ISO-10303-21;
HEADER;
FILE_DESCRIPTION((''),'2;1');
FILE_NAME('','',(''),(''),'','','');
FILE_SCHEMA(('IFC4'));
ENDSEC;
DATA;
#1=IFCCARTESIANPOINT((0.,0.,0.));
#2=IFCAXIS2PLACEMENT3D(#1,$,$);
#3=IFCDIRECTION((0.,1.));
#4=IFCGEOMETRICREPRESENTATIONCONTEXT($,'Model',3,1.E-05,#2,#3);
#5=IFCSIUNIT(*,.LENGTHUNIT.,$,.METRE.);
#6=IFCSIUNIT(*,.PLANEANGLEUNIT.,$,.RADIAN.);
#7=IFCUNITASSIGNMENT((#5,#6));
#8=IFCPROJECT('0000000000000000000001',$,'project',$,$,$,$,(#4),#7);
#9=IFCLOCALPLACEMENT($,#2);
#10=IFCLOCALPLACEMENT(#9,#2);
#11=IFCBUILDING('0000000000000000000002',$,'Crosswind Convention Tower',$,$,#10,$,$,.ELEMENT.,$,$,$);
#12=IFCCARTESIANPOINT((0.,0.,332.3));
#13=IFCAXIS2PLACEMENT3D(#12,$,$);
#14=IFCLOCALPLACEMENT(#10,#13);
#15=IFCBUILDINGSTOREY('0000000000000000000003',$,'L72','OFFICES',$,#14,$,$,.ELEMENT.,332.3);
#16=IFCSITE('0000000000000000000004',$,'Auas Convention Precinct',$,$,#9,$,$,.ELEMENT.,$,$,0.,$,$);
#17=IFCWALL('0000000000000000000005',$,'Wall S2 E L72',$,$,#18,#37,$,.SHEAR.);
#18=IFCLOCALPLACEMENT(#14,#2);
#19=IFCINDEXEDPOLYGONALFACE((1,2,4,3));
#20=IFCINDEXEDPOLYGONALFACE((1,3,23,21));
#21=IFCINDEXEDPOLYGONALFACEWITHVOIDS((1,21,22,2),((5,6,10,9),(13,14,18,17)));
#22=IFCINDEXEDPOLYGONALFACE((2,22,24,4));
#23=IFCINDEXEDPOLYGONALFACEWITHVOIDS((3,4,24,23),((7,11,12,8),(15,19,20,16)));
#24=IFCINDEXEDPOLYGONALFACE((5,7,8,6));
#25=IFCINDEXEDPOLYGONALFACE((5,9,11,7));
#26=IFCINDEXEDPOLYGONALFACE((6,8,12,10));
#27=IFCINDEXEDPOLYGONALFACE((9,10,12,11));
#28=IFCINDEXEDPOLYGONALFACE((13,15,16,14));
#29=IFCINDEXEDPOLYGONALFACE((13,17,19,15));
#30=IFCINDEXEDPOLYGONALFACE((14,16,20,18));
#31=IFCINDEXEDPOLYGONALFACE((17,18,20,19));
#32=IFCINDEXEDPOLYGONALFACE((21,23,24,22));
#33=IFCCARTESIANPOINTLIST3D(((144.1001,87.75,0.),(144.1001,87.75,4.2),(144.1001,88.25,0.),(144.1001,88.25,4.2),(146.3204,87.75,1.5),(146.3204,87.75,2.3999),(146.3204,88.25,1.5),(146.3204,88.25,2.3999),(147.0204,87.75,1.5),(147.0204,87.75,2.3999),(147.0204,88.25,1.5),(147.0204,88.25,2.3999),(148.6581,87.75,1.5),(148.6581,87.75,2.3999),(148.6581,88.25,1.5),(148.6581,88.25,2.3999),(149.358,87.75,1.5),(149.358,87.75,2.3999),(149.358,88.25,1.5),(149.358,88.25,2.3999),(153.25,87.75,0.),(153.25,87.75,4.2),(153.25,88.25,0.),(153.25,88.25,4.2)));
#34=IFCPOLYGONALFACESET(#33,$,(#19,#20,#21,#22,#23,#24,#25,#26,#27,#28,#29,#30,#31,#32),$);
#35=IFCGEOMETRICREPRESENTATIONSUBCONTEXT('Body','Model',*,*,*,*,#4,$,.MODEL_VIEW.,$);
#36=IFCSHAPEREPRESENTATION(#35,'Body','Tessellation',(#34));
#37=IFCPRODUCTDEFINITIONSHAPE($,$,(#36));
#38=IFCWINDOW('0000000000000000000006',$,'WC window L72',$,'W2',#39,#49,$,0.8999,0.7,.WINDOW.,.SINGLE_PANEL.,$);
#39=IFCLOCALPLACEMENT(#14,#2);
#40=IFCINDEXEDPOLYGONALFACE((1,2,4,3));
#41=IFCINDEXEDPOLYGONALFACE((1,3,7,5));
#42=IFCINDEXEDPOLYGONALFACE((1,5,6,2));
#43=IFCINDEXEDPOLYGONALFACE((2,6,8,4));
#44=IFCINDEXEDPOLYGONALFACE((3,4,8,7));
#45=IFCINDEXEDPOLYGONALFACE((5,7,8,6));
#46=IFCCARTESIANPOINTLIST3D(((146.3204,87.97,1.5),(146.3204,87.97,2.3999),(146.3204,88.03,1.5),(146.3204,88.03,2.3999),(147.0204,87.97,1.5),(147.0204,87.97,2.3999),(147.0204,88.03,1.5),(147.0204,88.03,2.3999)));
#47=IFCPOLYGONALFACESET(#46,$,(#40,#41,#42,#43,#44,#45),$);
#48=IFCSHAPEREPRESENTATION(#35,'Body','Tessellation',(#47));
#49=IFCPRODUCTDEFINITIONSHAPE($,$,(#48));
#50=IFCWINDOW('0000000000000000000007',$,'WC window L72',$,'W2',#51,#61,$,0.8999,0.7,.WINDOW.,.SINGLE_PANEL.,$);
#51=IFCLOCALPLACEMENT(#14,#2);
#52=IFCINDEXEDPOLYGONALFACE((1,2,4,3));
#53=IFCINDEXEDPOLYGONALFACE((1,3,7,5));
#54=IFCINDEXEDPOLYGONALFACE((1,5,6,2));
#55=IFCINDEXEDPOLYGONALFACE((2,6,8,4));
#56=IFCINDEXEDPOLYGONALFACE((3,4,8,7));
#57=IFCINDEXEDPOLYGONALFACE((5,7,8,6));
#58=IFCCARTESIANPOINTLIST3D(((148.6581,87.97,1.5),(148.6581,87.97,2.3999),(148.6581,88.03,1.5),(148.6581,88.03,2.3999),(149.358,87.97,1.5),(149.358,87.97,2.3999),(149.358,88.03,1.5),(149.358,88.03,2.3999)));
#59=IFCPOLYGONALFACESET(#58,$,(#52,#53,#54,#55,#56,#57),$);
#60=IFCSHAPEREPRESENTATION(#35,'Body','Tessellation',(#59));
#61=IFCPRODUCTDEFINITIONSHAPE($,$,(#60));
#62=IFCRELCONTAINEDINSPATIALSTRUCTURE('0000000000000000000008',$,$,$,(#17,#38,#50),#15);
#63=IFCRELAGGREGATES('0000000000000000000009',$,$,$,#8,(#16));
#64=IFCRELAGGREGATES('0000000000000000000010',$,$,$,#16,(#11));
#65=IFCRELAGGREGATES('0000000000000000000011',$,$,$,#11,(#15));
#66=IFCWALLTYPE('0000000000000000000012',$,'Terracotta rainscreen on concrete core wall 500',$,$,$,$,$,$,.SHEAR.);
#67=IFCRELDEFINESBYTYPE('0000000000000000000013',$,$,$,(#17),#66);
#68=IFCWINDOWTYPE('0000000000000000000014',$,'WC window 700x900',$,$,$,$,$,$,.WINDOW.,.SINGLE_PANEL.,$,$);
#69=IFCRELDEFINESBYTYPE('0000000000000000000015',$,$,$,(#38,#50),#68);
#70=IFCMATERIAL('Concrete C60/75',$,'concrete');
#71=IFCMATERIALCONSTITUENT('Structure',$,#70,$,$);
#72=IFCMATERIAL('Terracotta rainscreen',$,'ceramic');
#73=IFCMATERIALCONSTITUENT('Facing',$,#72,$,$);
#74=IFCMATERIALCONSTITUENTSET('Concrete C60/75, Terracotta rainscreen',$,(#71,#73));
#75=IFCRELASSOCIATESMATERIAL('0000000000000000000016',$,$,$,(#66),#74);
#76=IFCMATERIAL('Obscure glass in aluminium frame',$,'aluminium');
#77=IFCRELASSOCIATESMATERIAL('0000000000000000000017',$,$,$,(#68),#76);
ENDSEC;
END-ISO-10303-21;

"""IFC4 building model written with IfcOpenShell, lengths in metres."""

from ifc_helpers import new_model, si_unit, direction, frame, frame_2d, origin, place, context, subcontext, project, spatial, rectangle, extrude, material, constituent, constituent_set, type_object, element, fill, save


model = new_model("IFC4")

# Units and contexts
model_context = context("Model", 3, precision=1e-05, world=origin(), true_north=direction((0.0, 1.0)))
body_context = subcontext(model_context, "Body", "Model", "MODEL_VIEW")
ifc_project = project(units=[si_unit("LENGTHUNIT", "METRE"), si_unit("PLANEANGLEUNIT", "RADIAN")], contexts=[model_context])

# Site, building, storey
site_placement = place(None, origin())
site = spatial("IfcSite", under=ifc_project, at=site_placement, Name="Auas Convention Precinct", CompositionType="ELEMENT", RefElevation=0.0)
building_placement = place(site_placement, origin())
building = spatial("IfcBuilding", under=site, at=building_placement, Name="Crosswind Convention Tower", CompositionType="ELEMENT")
storey_placement = place(building_placement, frame((0.0, 0.0, 332.3)))
storey = spatial("IfcBuildingStorey", under=building, at=storey_placement, Name="L72", Description="OFFICES", CompositionType="ELEMENT", Elevation=332.3)

# Shared definitions
ifc_material_1 = material(Name="Concrete C60/75", Category="concrete")
ifc_constituent_1 = constituent(ifc_material_1, Name="Structure")
ifc_material_2 = material(Name="Terracotta rainscreen", Category="ceramic")
ifc_constituent_2 = constituent(ifc_material_2, Name="Facing")
ifc_constituent_set = constituent_set(constituents=[ifc_constituent_1, ifc_constituent_2], Name="Concrete C60/75, Terracotta rainscreen")
wall_type_1 = type_object("IfcWallType", Name="Terracotta rainscreen on concrete core wall 500", PredefinedType="SHEAR", material=ifc_constituent_set)

# Wall, openings, windows
wall_1_placement = place(storey_placement, frame((144.1001, 88.0, 0.0), z_axis=(0.0, 0.0, 1.0), x_axis=(1.0, 0.0, 0.0)))
wall_1 = element("IfcWall", 1, at=wall_1_placement, inside=storey, type_object=wall_type_1, Name="Wall S2 E L72", PredefinedType="SHEAR", context=body_context, shape_type="SweptSolid", body=[
    extrude(rectangle(XDim=9.1499, YDim=0.5, at=frame_2d((4.575, 0.0))), origin(), (0.0, 0.0, 1.0), 4.2),
])
opening_1_placement = place(wall_1_placement, frame((2.2202, 0.0, 1.5)))
opening_1 = element("IfcOpeningElement", 2, at=opening_1_placement, cuts=wall_1, PredefinedType="OPENING", context=body_context, shape_type="SweptSolid", body=[
    extrude(rectangle(XDim=0.7, YDim=0.8999, at=frame_2d((0.3501, 0.45))), frame((0.0, 0.26, 0.0), z_axis=(0.0, -1.0, 0.0), x_axis=(1.0, 0.0, 0.0)), (0.0, 0.0, 1.0), 0.52),
])
opening_2_placement = place(wall_1_placement, frame((4.5579, 0.0, 1.5)))
opening_2 = element("IfcOpeningElement", 3, at=opening_2_placement, cuts=wall_1, PredefinedType="OPENING", context=body_context, shape_type="SweptSolid", body=[
    extrude(rectangle(XDim=0.7, YDim=0.8999, at=frame_2d((0.3501, 0.45))), frame((0.0, 0.26, 0.0), z_axis=(0.0, -1.0, 0.0), x_axis=(1.0, 0.0, 0.0)), (0.0, 0.0, 1.0), 0.52),
])
ifc_material_3 = material(Name="Obscure glass in aluminium frame", Category="aluminium")
window_type = type_object("IfcWindowType", Name="WC window 700x900", PartitioningType="SINGLE_PANEL", PredefinedType="WINDOW", material=ifc_material_3)
window_1_placement = place(opening_1_placement, origin())
window_1 = element("IfcWindow", 4, at=window_1_placement, inside=storey, type_object=window_type, Name="WC window L72", ObjectType="W2", OverallHeight=0.8999, OverallWidth=0.7, PartitioningType="SINGLE_PANEL", PredefinedType="WINDOW", context=body_context, shape_type="SweptSolid", body=[
    extrude(rectangle(XDim=0.7, YDim=0.8999, at=frame_2d((0.3501, 0.45))), frame((0.0, 0.03, 0.0), z_axis=(0.0, -1.0, 0.0), x_axis=(1.0, 0.0, 0.0)), (0.0, 0.0, 1.0), 0.0601),
])
fill(opening_1, window_1)
window_2_placement = place(opening_2_placement, origin())
window_2 = element("IfcWindow", 5, at=window_2_placement, inside=storey, type_object=window_type, Name="WC window L72", ObjectType="W2", OverallHeight=0.8999, OverallWidth=0.7, PartitioningType="SINGLE_PANEL", PredefinedType="WINDOW", context=body_context, shape_type="SweptSolid", body=[
    extrude(rectangle(XDim=0.7, YDim=0.8999, at=frame_2d((0.3501, 0.45))), frame((0.0, 0.03, 0.0), z_axis=(0.0, -1.0, 0.0), x_axis=(1.0, 0.0, 0.0)), (0.0, 0.0, 1.0), 0.0601),
])
fill(opening_2, window_2)

save(model, "model.ifc")
